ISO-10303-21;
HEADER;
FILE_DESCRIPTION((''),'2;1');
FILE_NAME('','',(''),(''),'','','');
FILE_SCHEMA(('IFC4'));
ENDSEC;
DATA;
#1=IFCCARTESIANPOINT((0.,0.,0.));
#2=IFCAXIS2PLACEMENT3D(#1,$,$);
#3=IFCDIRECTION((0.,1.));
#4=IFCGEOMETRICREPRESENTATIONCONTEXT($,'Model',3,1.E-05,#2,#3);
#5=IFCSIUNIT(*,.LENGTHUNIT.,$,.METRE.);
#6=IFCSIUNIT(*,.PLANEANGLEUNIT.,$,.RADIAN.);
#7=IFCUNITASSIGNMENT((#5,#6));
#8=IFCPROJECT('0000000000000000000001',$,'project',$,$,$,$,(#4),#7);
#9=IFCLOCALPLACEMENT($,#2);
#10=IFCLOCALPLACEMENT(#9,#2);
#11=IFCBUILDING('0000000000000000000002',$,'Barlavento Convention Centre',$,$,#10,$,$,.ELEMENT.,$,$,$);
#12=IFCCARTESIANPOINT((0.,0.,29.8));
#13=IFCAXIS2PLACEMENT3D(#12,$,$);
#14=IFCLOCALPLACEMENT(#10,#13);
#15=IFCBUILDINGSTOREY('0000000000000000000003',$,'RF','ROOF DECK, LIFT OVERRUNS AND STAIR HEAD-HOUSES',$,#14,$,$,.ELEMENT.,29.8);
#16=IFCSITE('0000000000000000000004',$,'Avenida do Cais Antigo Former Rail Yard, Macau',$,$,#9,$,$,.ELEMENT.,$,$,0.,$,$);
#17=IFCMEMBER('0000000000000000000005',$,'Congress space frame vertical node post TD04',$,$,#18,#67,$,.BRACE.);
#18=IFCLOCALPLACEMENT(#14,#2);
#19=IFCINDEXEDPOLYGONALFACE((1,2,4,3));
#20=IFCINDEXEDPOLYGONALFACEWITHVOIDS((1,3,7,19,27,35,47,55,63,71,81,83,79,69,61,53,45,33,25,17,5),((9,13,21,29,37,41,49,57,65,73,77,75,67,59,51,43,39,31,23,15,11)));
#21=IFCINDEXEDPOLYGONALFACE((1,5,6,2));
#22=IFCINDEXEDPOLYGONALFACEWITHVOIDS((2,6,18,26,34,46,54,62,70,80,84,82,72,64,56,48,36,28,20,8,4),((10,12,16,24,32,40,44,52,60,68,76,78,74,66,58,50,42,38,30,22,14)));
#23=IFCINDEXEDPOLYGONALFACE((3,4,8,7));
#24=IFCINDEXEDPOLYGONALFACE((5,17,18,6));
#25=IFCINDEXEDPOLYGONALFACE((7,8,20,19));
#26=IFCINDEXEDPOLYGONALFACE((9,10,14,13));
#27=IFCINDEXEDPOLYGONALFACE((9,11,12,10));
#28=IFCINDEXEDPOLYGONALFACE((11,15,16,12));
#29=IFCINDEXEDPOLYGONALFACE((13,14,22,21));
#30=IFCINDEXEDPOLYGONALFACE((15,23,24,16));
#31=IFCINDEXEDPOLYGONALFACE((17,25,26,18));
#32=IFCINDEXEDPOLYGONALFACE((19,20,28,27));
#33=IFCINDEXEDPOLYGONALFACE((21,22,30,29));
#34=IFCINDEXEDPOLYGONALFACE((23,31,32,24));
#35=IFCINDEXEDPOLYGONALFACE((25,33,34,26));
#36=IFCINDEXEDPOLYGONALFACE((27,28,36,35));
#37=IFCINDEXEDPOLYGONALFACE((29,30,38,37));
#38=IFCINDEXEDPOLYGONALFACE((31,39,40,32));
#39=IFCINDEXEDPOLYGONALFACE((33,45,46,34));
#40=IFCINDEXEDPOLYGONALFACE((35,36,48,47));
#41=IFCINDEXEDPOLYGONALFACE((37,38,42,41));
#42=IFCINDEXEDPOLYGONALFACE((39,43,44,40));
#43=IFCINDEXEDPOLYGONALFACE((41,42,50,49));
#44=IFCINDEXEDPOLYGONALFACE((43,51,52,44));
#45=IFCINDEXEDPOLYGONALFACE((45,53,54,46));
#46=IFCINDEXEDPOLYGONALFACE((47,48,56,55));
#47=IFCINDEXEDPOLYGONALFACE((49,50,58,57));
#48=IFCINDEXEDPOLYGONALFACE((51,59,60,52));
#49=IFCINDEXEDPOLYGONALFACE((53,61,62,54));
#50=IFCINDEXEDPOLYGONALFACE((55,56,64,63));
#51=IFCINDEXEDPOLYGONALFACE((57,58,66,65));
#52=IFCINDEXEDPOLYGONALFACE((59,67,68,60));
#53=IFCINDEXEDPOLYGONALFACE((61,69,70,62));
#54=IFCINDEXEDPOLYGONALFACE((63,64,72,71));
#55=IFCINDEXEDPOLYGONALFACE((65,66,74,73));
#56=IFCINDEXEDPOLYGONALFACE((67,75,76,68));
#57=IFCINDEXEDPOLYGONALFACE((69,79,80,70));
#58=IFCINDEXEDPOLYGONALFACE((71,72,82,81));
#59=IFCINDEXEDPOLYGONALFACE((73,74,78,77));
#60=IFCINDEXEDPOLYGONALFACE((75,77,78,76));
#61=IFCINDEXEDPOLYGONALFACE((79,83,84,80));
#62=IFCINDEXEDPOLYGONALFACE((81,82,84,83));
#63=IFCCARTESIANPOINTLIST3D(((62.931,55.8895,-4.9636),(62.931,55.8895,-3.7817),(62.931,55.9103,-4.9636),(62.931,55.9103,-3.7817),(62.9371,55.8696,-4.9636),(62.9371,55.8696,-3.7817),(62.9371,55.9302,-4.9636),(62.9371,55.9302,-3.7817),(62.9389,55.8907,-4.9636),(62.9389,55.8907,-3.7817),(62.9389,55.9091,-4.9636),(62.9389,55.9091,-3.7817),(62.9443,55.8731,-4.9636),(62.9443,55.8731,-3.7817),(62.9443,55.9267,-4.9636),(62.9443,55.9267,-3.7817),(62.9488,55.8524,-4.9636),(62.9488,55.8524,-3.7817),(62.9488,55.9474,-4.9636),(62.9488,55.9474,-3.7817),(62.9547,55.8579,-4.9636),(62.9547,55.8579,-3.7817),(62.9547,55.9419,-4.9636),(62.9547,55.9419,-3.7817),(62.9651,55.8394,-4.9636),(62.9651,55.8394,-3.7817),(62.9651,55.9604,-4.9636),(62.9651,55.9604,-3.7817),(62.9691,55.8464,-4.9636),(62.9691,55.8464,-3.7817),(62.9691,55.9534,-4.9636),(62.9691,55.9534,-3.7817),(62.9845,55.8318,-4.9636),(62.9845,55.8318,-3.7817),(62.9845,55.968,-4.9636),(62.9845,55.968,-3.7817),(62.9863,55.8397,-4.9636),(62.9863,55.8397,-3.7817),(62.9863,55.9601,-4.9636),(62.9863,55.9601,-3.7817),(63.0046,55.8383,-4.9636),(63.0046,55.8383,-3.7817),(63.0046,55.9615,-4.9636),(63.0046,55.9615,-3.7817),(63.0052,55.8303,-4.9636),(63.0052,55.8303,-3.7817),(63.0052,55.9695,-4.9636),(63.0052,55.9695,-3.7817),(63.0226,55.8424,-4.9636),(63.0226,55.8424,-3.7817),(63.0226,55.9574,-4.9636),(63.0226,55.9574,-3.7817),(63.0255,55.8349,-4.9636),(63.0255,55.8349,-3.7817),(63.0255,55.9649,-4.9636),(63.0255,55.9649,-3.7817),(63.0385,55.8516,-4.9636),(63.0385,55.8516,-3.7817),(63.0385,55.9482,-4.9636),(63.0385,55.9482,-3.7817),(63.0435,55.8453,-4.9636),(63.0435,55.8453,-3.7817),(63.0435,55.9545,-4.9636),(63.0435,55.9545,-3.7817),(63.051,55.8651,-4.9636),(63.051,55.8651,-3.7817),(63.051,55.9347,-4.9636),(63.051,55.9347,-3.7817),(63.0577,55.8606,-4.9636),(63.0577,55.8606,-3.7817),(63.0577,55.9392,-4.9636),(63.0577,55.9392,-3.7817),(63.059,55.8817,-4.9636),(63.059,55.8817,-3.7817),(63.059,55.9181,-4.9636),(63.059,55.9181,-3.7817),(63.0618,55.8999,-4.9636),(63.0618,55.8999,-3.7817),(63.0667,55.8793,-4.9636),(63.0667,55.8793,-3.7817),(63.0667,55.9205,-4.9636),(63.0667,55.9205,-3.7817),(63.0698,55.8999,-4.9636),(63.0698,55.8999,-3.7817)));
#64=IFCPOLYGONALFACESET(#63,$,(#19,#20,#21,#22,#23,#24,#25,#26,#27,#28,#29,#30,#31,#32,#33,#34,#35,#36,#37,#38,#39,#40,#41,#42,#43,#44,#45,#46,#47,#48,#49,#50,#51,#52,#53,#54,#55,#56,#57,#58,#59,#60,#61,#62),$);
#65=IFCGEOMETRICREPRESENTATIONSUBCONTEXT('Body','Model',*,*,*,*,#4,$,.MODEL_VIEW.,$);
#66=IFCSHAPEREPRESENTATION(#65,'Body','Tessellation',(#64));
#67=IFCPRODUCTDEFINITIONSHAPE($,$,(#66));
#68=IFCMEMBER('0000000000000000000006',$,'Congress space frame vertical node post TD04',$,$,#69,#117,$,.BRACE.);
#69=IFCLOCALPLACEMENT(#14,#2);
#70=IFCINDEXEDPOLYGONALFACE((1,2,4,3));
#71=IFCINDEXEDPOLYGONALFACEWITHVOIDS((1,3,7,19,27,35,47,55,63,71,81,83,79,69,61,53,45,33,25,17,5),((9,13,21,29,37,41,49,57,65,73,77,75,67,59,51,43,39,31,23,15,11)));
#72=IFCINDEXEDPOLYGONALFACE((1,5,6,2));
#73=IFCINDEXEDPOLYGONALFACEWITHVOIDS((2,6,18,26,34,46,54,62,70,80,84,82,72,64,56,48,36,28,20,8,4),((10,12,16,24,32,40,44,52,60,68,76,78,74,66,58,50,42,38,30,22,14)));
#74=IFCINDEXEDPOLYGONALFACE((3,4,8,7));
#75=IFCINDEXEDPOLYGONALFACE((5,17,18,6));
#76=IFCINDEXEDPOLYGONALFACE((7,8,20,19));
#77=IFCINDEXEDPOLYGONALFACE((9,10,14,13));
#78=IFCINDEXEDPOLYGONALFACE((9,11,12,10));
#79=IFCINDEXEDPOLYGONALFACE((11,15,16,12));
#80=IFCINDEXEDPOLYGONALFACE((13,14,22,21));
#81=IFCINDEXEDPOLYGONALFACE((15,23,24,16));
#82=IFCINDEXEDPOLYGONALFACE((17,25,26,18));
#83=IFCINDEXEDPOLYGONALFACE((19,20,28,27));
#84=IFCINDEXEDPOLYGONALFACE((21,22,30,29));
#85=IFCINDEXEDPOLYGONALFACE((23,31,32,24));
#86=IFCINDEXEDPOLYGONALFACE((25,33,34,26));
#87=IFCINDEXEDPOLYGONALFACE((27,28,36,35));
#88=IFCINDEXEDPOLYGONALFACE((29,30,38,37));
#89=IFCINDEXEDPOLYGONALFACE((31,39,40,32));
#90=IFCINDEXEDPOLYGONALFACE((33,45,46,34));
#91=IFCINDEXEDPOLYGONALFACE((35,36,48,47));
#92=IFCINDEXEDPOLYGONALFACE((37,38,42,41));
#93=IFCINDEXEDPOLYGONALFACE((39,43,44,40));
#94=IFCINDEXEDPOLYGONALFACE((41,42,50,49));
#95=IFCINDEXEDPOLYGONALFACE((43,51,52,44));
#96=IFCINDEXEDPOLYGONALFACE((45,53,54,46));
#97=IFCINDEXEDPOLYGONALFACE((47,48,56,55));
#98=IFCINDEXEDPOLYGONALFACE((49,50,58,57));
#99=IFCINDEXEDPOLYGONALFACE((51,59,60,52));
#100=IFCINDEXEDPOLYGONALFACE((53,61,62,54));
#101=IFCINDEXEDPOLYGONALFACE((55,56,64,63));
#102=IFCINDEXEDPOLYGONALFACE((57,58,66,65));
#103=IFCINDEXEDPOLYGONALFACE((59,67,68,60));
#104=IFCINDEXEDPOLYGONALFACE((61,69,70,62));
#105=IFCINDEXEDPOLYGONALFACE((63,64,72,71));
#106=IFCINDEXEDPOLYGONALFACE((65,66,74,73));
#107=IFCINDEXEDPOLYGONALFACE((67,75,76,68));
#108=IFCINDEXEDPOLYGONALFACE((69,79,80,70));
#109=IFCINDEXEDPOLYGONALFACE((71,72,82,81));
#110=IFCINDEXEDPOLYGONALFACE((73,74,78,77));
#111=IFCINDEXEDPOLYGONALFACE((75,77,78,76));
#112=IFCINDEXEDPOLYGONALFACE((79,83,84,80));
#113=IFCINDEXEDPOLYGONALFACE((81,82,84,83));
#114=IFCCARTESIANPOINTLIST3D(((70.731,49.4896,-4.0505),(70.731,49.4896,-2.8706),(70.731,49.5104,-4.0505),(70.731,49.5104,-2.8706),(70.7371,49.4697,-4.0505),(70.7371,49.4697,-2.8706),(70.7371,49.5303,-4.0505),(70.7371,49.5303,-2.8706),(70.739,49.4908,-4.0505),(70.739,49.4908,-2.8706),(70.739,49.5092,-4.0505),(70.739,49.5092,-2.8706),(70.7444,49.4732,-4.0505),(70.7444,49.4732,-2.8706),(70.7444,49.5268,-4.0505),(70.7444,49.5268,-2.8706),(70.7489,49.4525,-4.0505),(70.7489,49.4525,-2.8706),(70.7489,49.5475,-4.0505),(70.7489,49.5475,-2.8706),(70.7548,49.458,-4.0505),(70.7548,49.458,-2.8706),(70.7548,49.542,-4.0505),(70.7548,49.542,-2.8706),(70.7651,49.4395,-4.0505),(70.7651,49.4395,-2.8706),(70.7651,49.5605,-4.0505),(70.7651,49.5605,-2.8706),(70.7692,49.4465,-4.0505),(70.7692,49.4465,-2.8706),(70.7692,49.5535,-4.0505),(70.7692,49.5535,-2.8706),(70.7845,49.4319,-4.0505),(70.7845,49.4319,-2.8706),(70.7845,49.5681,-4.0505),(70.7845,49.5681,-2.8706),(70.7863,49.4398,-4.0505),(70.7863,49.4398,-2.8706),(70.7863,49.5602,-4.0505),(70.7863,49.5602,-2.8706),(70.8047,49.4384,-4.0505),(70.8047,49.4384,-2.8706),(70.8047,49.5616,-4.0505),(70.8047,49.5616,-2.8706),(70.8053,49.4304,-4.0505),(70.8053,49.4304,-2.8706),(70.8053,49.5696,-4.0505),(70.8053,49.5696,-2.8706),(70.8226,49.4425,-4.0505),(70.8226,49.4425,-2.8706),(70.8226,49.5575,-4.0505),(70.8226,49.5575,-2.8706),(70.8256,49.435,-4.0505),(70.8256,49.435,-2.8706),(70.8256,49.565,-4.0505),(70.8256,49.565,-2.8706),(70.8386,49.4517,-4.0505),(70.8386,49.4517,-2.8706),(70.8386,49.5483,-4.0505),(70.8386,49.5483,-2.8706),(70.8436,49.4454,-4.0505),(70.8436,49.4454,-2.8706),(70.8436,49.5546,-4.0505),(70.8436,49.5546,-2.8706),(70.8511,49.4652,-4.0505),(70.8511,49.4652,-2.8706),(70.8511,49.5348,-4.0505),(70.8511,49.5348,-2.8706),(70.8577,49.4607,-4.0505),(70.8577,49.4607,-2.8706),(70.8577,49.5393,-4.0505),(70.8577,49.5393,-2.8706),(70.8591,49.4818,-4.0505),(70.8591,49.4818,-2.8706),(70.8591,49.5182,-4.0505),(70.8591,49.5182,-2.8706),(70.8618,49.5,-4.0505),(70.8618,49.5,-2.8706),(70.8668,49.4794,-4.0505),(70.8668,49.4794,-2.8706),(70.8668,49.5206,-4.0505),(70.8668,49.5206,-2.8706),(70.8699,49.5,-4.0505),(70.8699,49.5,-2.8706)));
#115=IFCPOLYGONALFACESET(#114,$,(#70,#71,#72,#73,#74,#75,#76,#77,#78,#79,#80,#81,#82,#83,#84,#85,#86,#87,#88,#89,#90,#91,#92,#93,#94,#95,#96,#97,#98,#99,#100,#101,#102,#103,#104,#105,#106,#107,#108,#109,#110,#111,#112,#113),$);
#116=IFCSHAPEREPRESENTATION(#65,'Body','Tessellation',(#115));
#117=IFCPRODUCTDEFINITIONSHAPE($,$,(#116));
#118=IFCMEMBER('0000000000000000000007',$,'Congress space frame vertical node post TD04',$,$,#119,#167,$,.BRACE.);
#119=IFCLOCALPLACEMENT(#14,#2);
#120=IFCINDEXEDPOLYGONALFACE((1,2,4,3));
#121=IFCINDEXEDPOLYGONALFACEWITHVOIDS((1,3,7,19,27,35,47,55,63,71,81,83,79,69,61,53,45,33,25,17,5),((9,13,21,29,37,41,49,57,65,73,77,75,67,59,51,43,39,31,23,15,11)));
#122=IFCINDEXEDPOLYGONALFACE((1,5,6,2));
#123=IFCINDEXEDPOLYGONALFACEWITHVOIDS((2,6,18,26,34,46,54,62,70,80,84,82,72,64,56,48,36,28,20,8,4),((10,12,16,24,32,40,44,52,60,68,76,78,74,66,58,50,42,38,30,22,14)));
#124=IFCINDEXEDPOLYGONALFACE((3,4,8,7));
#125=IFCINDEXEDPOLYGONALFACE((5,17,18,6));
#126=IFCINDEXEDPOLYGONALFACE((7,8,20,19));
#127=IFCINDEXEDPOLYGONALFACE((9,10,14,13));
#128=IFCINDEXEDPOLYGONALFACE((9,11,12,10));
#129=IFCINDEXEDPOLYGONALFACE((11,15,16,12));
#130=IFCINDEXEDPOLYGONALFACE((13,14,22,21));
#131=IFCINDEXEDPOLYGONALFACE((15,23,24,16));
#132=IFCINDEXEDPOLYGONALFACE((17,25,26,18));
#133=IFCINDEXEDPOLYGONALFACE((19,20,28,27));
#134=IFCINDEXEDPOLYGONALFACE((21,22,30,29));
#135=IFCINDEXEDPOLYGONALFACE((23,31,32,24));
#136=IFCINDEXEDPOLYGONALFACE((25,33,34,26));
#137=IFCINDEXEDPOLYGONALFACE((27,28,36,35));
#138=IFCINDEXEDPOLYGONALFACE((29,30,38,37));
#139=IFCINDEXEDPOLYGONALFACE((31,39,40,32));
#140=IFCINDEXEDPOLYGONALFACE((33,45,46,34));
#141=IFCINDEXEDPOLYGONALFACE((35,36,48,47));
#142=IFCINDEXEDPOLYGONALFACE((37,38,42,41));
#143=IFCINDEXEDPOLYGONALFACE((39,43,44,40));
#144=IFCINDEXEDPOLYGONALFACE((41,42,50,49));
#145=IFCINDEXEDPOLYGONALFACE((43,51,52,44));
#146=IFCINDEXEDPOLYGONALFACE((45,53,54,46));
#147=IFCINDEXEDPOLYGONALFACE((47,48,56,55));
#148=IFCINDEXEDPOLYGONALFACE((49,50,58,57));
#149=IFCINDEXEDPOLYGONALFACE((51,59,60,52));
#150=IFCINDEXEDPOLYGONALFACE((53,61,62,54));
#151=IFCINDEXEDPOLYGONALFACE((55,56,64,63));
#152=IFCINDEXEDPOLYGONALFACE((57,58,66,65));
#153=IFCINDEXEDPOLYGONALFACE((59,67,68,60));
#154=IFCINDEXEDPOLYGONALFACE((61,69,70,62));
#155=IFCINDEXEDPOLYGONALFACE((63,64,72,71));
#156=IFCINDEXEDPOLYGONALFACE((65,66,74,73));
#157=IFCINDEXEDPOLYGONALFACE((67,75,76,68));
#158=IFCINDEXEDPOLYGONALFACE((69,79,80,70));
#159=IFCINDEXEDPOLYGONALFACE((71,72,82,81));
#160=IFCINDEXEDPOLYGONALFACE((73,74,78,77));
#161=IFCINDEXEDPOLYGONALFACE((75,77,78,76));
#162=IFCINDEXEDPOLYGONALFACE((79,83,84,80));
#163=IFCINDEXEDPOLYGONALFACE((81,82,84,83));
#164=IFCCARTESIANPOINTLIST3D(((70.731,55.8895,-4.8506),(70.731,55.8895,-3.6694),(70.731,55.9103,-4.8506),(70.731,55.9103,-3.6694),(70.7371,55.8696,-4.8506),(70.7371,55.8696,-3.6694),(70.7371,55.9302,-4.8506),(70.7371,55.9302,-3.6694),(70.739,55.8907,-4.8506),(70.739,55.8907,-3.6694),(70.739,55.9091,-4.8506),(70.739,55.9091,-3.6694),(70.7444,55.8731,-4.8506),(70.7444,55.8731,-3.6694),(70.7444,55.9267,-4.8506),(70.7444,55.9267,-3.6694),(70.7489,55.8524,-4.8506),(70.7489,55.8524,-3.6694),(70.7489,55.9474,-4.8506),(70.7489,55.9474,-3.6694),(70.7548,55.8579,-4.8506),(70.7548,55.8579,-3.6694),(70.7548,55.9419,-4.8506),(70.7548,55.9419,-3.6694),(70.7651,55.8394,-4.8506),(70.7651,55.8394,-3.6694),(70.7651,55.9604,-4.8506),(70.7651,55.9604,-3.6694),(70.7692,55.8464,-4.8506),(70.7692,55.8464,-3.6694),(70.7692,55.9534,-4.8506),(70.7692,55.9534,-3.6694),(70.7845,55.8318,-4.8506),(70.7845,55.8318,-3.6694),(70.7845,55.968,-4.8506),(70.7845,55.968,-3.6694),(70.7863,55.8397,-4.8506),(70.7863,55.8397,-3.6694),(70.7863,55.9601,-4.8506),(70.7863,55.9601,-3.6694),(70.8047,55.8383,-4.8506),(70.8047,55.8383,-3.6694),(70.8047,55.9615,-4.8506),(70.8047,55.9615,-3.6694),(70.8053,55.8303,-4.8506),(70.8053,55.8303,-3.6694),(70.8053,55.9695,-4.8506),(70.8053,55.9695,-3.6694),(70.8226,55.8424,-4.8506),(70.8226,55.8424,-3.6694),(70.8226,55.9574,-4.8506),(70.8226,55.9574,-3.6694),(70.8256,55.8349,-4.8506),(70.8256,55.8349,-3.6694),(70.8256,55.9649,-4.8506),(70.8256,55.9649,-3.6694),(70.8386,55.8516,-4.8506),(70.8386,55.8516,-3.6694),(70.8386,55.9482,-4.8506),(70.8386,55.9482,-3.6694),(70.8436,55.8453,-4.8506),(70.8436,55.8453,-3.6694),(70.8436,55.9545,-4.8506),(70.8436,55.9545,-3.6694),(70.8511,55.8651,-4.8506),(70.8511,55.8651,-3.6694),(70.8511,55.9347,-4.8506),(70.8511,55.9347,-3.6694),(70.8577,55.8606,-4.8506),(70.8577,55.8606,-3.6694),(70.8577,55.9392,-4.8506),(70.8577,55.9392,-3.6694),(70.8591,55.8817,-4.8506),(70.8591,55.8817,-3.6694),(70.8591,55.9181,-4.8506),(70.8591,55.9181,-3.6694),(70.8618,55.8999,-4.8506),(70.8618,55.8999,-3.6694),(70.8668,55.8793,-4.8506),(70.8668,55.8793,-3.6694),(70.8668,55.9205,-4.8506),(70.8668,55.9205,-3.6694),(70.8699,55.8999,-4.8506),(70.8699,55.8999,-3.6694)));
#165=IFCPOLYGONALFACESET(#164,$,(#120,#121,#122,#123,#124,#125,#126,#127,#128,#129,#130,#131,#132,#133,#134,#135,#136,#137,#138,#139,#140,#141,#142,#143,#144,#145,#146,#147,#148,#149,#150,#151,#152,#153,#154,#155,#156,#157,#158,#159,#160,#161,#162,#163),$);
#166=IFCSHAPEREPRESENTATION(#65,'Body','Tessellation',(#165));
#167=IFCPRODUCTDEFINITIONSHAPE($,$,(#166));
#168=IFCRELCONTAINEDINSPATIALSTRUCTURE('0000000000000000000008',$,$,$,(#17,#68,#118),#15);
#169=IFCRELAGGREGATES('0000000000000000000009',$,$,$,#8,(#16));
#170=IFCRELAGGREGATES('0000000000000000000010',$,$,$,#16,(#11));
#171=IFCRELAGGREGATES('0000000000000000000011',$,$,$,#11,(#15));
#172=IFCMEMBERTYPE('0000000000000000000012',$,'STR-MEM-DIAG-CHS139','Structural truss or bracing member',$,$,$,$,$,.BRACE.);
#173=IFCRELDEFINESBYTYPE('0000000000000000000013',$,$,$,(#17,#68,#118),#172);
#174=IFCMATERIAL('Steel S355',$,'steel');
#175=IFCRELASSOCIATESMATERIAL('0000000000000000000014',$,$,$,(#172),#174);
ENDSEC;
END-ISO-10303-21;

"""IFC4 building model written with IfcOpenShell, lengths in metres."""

from ifc_helpers import new_model, si_unit, direction, frame, origin, origin_2d, place, context, subcontext, project, spatial, hollow_circle, extrude, material, material_profile, profile_set, type_object, element, save


model = new_model("IFC4")

# Units and contexts
model_context = context("Model", 3, precision=1e-05, world=origin(), true_north=direction((0.0, 1.0)))
body_context = subcontext(model_context, "Body", "Model", "MODEL_VIEW")
ifc_project = project(units=[si_unit("LENGTHUNIT", "METRE"), si_unit("PLANEANGLEUNIT", "RADIAN")], contexts=[model_context])

# Site, building, storey
site_placement = place(None, origin())
site = spatial("IfcSite", under=ifc_project, at=site_placement, Name="Avenida do Cais Antigo Former Rail Yard, Macau", CompositionType="ELEMENT", RefElevation=0.0)
building_placement = place(site_placement, origin())
building = spatial("IfcBuilding", under=site, at=building_placement, Name="Barlavento Convention Centre", CompositionType="ELEMENT")
storey_placement = place(building_placement, frame((0.0, 0.0, 29.8)))
storey = spatial("IfcBuildingStorey", under=building, at=storey_placement, Name="RF", Description="ROOF DECK, LIFT OVERRUNS AND STAIR HEAD-HOUSES", CompositionType="ELEMENT", Elevation=29.8)

# Shared definitions
ifc_material = material(Name="Steel S355", Category="steel")

# Members
ifc_material_profile_1 = material_profile(ifc_material, hollow_circle(Radius=0.0698, WallThickness=0.0081, at=origin_2d()), Name="CHS 139.7x8.0")
ifc_profile_set_1 = profile_set([ifc_material_profile_1], Name="Steel S355")
member_type_1 = type_object("IfcMemberType", Name="STR-MEM-DIAG-CHS139", Description="Structural truss or bracing member", PredefinedType="BRACE", material=ifc_profile_set_1)
member_1_placement = place(storey_placement, frame((63.0, 55.8999, -4.9636), z_axis=(0.0, 0.0, 1.0), x_axis=(1.0, 0.0, 0.0)))
element("IfcMember", 1, at=member_1_placement, inside=storey, type_object=member_type_1, Name="Congress space frame vertical node post TD04", PredefinedType="BRACE", context=body_context, shape_type="SweptSolid", body=[
    extrude(hollow_circle(Radius=0.0698, WallThickness=0.0081, at=origin_2d()), origin(), (0.0, 0.0, 1.0), 1.1819),
])
member_2_placement = place(storey_placement, frame((70.8, 49.5, -4.0505), z_axis=(0.0, 0.0, 1.0), x_axis=(1.0, 0.0, 0.0)))
element("IfcMember", 2, at=member_2_placement, inside=storey, type_object=member_type_1, Name="Congress space frame vertical node post TD04", PredefinedType="BRACE", context=body_context, shape_type="SweptSolid", body=[
    extrude(hollow_circle(Radius=0.0698, WallThickness=0.0081, at=origin_2d()), origin(), (0.0, 0.0, 1.0), 1.1799),
])
member_3_placement = place(storey_placement, frame((70.8, 55.8999, -4.8506), z_axis=(0.0, 0.0, 1.0), x_axis=(1.0, 0.0, 0.0)))
element("IfcMember", 3, at=member_3_placement, inside=storey, type_object=member_type_1, Name="Congress space frame vertical node post TD04", PredefinedType="BRACE", context=body_context, shape_type="SweptSolid", body=[
    extrude(hollow_circle(Radius=0.0698, WallThickness=0.0081, at=origin_2d()), origin(), (0.0, 0.0, 1.0), 1.1812),
])

save(model, "model.ifc")
